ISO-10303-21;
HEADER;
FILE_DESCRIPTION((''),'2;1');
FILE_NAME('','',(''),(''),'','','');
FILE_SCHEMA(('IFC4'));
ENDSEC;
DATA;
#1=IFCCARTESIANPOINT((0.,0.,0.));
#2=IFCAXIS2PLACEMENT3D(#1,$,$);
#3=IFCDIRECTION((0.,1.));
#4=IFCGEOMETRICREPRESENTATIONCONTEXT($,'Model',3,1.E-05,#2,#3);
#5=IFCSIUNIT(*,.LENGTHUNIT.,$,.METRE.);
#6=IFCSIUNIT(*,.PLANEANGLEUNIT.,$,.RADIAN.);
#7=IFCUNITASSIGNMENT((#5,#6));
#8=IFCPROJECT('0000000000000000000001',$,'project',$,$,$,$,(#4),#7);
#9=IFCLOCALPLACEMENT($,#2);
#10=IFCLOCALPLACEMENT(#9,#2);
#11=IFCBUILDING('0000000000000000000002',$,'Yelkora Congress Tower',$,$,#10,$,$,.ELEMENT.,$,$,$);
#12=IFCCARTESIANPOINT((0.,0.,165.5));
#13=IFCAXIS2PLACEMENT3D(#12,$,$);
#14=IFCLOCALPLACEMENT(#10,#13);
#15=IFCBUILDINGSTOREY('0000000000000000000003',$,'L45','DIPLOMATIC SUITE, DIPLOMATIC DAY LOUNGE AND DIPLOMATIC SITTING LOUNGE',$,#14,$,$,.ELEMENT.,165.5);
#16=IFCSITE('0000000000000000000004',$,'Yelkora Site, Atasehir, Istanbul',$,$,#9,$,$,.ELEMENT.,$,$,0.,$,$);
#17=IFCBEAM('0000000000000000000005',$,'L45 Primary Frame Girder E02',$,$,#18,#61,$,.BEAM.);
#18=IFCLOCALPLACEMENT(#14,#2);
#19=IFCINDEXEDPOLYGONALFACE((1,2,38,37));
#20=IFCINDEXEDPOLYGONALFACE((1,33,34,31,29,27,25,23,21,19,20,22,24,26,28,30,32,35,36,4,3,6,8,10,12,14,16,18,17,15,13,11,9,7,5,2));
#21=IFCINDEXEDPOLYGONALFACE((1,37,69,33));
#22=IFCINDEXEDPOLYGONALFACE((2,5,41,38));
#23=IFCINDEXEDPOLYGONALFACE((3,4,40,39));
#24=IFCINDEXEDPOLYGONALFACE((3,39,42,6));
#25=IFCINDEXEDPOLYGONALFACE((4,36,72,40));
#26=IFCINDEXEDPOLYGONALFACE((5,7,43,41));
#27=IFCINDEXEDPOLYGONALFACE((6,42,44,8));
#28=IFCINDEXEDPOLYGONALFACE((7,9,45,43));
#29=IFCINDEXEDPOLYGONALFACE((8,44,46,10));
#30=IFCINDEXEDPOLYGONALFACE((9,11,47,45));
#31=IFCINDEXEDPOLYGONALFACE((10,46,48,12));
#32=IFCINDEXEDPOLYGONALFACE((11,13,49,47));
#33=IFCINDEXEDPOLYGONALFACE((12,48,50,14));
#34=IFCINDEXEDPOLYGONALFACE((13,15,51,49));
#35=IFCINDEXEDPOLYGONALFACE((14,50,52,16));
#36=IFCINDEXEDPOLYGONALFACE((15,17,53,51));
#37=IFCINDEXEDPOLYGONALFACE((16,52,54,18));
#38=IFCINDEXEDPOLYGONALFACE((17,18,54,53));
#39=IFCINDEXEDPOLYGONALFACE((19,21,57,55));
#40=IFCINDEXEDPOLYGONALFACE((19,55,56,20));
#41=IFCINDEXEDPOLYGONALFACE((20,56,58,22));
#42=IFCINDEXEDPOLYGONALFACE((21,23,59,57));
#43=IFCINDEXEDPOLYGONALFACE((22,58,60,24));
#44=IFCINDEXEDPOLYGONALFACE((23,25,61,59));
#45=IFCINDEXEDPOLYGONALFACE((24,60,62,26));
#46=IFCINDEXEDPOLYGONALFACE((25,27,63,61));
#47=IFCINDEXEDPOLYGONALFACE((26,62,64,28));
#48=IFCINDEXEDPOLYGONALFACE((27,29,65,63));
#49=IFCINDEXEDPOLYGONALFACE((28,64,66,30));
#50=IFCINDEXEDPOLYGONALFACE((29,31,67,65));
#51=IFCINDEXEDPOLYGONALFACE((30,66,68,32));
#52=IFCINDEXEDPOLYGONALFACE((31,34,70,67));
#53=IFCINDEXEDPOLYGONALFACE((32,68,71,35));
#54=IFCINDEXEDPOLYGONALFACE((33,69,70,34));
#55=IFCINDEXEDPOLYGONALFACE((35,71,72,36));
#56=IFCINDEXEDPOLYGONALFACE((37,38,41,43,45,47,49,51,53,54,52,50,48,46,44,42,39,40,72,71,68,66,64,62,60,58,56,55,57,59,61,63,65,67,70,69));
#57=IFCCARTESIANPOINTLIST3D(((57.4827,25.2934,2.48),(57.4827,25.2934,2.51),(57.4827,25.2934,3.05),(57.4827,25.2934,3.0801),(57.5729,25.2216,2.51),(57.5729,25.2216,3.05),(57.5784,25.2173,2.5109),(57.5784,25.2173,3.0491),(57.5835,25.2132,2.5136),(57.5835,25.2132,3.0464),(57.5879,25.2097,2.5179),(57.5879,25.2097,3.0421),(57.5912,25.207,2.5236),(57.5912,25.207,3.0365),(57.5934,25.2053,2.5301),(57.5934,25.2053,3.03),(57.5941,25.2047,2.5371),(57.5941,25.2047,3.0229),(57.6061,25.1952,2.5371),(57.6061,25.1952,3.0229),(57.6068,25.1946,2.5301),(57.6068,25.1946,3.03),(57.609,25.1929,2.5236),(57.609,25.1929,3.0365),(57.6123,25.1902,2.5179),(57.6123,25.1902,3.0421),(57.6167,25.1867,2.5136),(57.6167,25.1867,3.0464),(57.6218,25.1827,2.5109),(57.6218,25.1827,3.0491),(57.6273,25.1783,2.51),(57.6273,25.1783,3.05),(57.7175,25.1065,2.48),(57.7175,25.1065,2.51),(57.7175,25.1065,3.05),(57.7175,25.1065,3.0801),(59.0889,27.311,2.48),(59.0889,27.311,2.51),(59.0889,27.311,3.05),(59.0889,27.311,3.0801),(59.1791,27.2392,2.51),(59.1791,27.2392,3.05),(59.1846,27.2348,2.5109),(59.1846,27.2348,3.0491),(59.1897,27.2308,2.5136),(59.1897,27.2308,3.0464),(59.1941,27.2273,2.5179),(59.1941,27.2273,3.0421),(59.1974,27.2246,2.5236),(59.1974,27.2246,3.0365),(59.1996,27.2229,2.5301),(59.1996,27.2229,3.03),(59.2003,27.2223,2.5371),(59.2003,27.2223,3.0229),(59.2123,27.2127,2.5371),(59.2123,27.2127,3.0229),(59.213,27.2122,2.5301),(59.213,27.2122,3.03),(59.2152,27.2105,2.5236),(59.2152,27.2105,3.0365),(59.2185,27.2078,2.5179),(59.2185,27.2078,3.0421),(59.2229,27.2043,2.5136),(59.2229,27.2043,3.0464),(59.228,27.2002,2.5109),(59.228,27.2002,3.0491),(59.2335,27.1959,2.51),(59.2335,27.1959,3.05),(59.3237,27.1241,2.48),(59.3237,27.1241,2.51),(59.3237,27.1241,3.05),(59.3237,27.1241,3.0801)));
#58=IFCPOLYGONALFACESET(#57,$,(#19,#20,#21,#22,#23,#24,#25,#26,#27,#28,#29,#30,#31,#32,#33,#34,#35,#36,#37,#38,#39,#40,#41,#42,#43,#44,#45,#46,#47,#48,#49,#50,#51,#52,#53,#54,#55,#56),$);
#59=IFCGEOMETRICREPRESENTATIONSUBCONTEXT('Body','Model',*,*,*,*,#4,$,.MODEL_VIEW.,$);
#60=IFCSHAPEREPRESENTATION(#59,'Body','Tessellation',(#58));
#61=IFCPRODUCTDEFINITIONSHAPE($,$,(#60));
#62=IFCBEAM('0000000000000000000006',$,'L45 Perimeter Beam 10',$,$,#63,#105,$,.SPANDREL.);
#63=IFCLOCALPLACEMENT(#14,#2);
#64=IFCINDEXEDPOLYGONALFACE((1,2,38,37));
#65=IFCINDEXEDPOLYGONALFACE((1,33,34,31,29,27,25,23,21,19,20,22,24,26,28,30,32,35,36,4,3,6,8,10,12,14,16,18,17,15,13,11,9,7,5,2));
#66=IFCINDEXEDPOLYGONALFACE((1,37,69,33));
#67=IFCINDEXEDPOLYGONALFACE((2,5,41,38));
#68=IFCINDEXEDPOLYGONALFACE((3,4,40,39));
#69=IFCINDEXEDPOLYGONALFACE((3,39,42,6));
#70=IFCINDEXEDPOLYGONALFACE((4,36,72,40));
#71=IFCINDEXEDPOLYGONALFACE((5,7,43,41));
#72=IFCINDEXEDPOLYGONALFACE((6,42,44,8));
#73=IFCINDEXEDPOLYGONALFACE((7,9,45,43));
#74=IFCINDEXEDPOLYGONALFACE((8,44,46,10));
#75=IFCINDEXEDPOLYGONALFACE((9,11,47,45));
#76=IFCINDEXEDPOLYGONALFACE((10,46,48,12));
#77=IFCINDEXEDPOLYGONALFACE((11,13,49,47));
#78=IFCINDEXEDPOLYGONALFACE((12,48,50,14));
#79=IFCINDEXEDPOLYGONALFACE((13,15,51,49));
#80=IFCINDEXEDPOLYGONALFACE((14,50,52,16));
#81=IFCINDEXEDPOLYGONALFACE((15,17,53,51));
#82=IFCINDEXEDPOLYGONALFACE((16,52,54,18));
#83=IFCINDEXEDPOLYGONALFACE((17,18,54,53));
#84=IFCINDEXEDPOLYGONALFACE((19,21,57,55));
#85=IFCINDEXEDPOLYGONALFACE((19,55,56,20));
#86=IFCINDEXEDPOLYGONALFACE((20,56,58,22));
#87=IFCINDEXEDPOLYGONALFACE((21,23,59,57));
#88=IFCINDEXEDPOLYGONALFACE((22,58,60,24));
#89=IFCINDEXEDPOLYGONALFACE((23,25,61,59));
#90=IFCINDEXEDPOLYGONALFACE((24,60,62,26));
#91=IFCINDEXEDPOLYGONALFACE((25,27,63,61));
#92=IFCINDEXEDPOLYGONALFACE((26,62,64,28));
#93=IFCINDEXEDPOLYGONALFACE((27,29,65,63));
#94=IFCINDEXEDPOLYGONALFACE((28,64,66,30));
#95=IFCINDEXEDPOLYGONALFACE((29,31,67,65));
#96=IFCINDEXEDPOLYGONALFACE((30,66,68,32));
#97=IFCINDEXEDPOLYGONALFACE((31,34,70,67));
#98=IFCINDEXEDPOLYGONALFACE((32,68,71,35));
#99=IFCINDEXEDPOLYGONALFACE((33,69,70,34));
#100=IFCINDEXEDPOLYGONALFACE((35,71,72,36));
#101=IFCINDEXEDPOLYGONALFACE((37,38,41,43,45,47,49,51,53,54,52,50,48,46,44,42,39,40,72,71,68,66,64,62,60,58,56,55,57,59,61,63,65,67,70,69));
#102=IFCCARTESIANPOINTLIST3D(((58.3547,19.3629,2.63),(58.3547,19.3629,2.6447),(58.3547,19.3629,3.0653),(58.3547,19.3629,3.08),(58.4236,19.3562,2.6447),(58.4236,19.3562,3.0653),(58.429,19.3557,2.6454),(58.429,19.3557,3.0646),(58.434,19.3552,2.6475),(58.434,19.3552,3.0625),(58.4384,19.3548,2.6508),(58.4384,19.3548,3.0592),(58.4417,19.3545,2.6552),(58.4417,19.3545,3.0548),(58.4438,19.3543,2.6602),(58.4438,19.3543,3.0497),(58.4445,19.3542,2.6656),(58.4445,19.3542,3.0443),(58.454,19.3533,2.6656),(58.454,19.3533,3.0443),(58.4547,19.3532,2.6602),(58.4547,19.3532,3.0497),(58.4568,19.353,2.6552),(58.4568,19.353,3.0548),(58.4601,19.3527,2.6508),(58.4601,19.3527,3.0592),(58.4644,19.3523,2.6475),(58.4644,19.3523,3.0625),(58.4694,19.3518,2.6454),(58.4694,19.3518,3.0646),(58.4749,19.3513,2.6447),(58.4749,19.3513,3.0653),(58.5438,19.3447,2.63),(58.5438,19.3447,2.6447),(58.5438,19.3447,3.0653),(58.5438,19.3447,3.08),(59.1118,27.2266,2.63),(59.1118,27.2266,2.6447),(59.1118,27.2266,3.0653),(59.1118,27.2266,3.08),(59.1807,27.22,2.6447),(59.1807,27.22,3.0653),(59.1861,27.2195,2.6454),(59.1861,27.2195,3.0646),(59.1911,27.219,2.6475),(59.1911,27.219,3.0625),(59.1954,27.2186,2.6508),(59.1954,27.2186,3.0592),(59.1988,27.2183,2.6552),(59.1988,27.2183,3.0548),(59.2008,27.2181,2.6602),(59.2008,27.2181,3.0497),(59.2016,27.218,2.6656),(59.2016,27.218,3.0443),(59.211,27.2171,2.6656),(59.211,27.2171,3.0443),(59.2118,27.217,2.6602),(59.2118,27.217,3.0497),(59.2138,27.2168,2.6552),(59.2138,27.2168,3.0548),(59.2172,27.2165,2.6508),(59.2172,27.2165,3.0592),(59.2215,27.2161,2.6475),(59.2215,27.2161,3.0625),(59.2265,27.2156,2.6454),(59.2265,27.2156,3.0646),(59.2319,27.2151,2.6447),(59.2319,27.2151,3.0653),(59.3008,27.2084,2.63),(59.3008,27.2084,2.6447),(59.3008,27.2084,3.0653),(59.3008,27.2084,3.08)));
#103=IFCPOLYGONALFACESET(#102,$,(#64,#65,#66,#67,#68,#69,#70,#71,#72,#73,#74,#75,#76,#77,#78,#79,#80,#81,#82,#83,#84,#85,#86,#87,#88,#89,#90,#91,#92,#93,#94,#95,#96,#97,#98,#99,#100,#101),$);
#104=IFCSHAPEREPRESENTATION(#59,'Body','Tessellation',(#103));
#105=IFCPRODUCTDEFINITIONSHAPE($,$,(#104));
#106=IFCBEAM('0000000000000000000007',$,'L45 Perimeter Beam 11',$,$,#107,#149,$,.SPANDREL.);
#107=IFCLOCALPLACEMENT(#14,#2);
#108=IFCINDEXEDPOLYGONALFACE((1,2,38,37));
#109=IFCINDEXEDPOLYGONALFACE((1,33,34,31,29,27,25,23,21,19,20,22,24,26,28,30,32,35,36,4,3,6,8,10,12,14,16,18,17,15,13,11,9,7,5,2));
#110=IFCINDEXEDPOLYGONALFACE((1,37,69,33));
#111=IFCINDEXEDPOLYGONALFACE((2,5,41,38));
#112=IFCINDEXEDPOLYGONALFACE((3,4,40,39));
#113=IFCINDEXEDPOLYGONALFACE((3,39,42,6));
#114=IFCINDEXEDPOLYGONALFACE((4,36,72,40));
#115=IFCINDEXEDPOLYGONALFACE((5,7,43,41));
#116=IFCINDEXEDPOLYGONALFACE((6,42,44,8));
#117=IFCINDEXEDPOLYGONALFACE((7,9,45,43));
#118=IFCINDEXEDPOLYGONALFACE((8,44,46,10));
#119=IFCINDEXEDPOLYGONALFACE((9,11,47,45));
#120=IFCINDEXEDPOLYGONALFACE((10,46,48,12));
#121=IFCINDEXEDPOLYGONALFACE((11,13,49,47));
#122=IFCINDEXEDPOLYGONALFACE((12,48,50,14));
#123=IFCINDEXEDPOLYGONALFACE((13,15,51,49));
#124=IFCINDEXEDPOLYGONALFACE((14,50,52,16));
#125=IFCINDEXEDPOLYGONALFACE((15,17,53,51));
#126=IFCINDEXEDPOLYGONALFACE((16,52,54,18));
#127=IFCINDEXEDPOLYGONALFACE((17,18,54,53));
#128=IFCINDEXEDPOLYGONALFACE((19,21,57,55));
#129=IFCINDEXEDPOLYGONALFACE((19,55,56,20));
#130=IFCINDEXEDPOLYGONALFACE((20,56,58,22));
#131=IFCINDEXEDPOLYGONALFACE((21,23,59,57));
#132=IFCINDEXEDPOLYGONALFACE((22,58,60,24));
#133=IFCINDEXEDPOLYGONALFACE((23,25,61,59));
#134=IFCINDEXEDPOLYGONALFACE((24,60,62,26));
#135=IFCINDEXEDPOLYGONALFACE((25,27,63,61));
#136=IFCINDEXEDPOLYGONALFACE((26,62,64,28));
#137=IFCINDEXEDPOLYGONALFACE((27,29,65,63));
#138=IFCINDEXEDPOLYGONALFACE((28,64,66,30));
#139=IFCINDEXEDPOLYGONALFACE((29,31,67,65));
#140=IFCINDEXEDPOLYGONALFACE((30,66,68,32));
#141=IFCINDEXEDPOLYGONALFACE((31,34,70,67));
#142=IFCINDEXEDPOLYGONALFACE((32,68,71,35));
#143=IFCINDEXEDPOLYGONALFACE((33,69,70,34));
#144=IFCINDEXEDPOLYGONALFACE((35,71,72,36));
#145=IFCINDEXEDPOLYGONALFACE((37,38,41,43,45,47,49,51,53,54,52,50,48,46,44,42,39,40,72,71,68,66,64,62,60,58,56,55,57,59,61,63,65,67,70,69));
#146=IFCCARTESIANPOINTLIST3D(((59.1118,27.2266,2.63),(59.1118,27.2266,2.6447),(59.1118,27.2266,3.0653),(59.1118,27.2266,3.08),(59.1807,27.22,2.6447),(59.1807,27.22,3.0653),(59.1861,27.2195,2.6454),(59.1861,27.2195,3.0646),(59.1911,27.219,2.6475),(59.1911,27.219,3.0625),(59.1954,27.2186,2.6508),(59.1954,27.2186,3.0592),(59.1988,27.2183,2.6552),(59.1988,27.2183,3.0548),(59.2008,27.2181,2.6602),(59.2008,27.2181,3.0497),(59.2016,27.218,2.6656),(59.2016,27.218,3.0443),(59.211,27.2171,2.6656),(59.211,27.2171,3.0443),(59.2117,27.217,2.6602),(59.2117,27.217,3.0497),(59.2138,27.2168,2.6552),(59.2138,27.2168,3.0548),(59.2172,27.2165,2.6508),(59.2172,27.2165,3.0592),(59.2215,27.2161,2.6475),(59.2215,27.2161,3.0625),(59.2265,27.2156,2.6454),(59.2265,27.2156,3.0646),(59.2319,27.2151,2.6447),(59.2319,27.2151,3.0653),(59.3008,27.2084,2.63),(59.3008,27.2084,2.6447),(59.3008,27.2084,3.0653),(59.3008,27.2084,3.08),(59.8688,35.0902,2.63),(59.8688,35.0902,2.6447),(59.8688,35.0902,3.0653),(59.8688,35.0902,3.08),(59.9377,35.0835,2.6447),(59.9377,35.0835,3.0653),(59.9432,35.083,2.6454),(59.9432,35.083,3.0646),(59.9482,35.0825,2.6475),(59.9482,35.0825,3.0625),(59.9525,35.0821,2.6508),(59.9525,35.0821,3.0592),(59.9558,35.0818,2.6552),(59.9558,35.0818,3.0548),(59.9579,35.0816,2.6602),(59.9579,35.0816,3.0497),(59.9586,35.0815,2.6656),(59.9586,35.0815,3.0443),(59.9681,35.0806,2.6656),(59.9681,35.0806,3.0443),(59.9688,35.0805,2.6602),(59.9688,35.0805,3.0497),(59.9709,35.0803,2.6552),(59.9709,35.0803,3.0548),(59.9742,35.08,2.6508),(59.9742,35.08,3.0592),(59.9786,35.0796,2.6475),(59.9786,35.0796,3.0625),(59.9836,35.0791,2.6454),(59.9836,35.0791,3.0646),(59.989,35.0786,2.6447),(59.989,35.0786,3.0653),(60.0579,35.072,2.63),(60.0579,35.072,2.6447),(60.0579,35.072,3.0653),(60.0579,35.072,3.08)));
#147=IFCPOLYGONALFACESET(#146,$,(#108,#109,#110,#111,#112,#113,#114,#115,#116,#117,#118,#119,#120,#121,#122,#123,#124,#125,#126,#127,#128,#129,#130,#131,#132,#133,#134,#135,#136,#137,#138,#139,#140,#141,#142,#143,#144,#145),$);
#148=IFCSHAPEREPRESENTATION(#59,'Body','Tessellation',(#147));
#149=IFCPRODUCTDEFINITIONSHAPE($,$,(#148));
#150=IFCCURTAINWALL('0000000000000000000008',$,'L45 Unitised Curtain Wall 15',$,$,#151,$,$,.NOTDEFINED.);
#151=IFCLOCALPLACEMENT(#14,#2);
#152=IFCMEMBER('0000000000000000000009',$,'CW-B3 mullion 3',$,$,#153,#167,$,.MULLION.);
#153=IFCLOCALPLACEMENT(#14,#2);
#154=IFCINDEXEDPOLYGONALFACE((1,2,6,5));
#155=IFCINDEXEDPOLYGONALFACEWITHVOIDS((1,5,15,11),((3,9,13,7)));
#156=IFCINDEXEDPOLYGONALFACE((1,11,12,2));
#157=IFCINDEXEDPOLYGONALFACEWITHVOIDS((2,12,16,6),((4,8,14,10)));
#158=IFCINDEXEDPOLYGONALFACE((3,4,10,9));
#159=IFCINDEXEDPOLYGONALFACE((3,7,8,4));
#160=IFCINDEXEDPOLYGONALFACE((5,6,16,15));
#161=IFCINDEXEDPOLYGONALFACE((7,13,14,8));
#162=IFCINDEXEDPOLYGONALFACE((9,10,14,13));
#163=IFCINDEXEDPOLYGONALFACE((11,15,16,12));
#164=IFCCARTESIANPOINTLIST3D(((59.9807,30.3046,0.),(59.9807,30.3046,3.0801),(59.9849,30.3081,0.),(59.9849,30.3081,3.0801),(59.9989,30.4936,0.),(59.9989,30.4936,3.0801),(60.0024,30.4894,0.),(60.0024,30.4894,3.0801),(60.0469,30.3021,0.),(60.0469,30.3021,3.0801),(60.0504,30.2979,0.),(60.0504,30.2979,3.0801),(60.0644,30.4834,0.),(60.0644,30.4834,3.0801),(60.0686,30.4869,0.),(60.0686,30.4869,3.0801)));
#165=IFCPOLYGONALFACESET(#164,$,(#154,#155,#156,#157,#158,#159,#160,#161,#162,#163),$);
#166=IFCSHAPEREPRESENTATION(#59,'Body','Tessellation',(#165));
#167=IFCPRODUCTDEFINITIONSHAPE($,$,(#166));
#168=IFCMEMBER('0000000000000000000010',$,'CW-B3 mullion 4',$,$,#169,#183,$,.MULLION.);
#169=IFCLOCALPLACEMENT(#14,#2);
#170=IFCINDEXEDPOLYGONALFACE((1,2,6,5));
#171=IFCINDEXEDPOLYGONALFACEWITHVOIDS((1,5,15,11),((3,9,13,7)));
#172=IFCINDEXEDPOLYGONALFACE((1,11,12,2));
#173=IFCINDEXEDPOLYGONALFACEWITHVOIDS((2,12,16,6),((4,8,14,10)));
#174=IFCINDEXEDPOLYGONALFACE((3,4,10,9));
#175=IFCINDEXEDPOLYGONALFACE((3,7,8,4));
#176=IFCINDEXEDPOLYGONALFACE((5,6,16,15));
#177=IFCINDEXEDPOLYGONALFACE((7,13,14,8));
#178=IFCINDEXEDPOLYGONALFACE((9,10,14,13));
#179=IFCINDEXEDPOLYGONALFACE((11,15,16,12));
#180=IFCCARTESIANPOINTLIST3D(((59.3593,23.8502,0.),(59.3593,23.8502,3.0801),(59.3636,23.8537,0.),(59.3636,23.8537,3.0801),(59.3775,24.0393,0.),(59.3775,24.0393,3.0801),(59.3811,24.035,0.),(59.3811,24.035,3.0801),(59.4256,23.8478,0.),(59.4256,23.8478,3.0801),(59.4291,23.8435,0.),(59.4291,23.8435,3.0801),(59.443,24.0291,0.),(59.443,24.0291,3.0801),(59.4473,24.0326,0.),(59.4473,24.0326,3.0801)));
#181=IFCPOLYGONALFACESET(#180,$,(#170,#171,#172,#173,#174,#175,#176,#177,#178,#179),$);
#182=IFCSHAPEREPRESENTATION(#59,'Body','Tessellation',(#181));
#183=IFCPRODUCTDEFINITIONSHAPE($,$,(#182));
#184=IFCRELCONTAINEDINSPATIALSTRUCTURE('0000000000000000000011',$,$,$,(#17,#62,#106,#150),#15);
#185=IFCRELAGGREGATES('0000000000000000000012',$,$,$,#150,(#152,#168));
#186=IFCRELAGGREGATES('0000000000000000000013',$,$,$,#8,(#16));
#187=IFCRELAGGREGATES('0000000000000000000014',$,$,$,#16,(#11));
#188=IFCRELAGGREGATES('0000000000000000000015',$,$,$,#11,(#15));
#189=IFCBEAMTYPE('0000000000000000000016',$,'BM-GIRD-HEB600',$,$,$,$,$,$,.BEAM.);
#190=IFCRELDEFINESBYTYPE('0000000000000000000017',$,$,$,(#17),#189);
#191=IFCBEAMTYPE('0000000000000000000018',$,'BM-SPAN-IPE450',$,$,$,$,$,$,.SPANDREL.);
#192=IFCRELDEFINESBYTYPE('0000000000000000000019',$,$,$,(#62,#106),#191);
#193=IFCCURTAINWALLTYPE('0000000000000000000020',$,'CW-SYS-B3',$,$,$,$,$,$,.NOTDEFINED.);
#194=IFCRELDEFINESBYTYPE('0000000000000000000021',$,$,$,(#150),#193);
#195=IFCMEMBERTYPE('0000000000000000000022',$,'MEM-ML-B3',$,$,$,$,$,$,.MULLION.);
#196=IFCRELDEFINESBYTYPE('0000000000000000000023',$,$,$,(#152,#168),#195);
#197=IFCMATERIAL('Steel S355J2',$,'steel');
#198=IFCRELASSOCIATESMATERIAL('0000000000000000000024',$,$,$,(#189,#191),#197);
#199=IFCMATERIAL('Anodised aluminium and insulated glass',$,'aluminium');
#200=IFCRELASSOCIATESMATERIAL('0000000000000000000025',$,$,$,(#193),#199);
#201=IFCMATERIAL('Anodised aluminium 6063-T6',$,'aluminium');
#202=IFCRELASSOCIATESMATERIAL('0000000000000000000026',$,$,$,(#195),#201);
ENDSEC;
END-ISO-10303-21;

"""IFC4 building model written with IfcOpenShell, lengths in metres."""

from ifc_helpers import new_model, si_unit, direction, frame, origin, origin_2d, place, context, subcontext, project, spatial, hollow_rectangle, i_section, extrude, material, material_profile, profile_set, type_object, element, aggregate, save


model = new_model("IFC4")

# Units and contexts
model_context = context("Model", 3, precision=1e-05, world=origin(), true_north=direction((0.0, 1.0)))
body_context = subcontext(model_context, "Body", "Model", "MODEL_VIEW")
ifc_project = project(units=[si_unit("LENGTHUNIT", "METRE"), si_unit("PLANEANGLEUNIT", "RADIAN")], contexts=[model_context])

# Site, building, storey
site_placement = place(None, origin())
site = spatial("IfcSite", under=ifc_project, at=site_placement, Name="Yelkora Site, Atasehir, Istanbul", CompositionType="ELEMENT", RefElevation=0.0)
building_placement = place(site_placement, origin())
building = spatial("IfcBuilding", under=site, at=building_placement, Name="Yelkora Congress Tower", CompositionType="ELEMENT")
storey_placement = place(building_placement, frame((0.0, 0.0, 165.5)))
storey = spatial("IfcBuildingStorey", under=building, at=storey_placement, Name="L45", Description="DIPLOMATIC SUITE, DIPLOMATIC DAY LOUNGE AND DIPLOMATIC SITTING LOUNGE", CompositionType="ELEMENT", Elevation=165.5)

# Beams
ifc_material_1 = material(Name="Steel S355J2", Category="steel")
ifc_material_profile_1 = material_profile(ifc_material_1, i_section(OverallWidth=0.3, OverallDepth=0.6001, WebThickness=0.0154, FlangeThickness=0.03, FilletRadius=0.0271, at=origin_2d()), Name="HEB 600")
ifc_profile_set_1 = profile_set([ifc_material_profile_1], Name="Steel S355J2")
beam_type_1 = type_object("IfcBeamType", Name="BM-GIRD-HEB600", PredefinedType="BEAM", material=ifc_profile_set_1)
beam_1_placement = place(storey_placement, frame((59.2063, 27.2175, 2.78), z_axis=(-0.622835, -0.782354, 0.0), x_axis=(0.782354, -0.622835, 0.0)))
element("IfcBeam", 1, at=beam_1_placement, inside=storey, type_object=beam_type_1, Name="L45 Primary Frame Girder E02", PredefinedType="BEAM", context=body_context, shape_type="SweptSolid", body=[
    extrude(i_section(OverallWidth=0.3, OverallDepth=0.6001, WebThickness=0.0154, FlangeThickness=0.03, FilletRadius=0.0271, at=origin_2d()), origin(), (0.0, 0.0, 1.0), 2.5789),
])
ifc_material_profile_2 = material_profile(ifc_material_1, i_section(OverallWidth=0.1899, OverallDepth=0.45, WebThickness=0.0095, FlangeThickness=0.0146, FilletRadius=0.021, at=origin_2d()), Name="IPE 450")
ifc_profile_set_2 = profile_set([ifc_material_profile_2], Name="Steel S355J2")
beam_type_2 = type_object("IfcBeamType", Name="BM-SPAN-IPE450", PredefinedType="SPANDREL", material=ifc_profile_set_2)
beam_2_placement = place(storey_placement, frame((58.4492, 19.3538, 2.855), z_axis=(0.095831, 0.995398, 0.0), x_axis=(-0.995398, 0.095831, 0.0)))
element("IfcBeam", 2, at=beam_2_placement, inside=storey, type_object=beam_type_2, Name="L45 Perimeter Beam 10", PredefinedType="SPANDREL", context=body_context, shape_type="SweptSolid", body=[
    extrude(i_section(OverallWidth=0.1899, OverallDepth=0.45, WebThickness=0.0095, FlangeThickness=0.0146, FilletRadius=0.021, at=origin_2d()), origin(), (0.0, 0.0, 1.0), 7.9001),
])
beam_3_placement = place(storey_placement, frame((59.2063, 27.2175, 2.855), z_axis=(0.095834, 0.995397, 0.0), x_axis=(-0.995397, 0.095834, 0.0)))
element("IfcBeam", 3, at=beam_3_placement, inside=storey, type_object=beam_type_2, Name="L45 Perimeter Beam 11", PredefinedType="SPANDREL", context=body_context, shape_type="SweptSolid", body=[
    extrude(i_section(OverallWidth=0.1899, OverallDepth=0.45, WebThickness=0.0095, FlangeThickness=0.0146, FilletRadius=0.021, at=origin_2d()), origin(), (0.0, 0.0, 1.0), 7.8999),
])

# Curtain wall, members
ifc_material_2 = material(Name="Anodised aluminium and insulated glass", Category="aluminium")
curtain_wall_type = type_object("IfcCurtainWallType", Name="CW-SYS-B3", PredefinedType="NOTDEFINED", material=ifc_material_2)
curtain_wall_placement = place(storey_placement, origin())
curtain_wall = element("IfcCurtainWall", 4, at=curtain_wall_placement, inside=storey, type_object=curtain_wall_type, Name="L45 Unitised Curtain Wall 15", PredefinedType="NOTDEFINED")
ifc_material_3 = material(Name="Anodised aluminium 6063-T6", Category="aluminium")
ifc_material_profile_3 = material_profile(ifc_material_3, hollow_rectangle(XDim=0.0701, YDim=0.1899, WallThickness=0.0039, at=origin_2d()), Name="ALU 70x190x4")
ifc_profile_set_3 = profile_set([ifc_material_profile_3], Name="Anodised aluminium 6063-T6")
member_type_1 = type_object("IfcMemberType", Name="MEM-ML-B3", PredefinedType="MULLION", material=ifc_profile_set_3)
member_1_placement = place(storey_placement, frame((60.0247, 30.3958, 0.0), z_axis=(0.0, 0.0, 1.0), x_axis=(0.995397, -0.095842, 0.0)))
member_1 = element("IfcMember", 5, at=member_1_placement, type_object=member_type_1, Name="CW-B3 mullion 3", PredefinedType="MULLION", context=body_context, shape_type="SweptSolid", body=[
    extrude(hollow_rectangle(XDim=0.0701, YDim=0.1899, WallThickness=0.0039, at=origin_2d()), origin(), (0.0, 0.0, 1.0), 3.0801),
])
member_2_placement = place(storey_placement, frame((59.4033, 23.9414, 0.0), z_axis=(0.0, 0.0, 1.0), x_axis=(0.995397, -0.095842, 0.0)))
member_2 = element("IfcMember", 6, at=member_2_placement, type_object=member_type_1, Name="CW-B3 mullion 4", PredefinedType="MULLION", context=body_context, shape_type="SweptSolid", body=[
    extrude(hollow_rectangle(XDim=0.0701, YDim=0.1899, WallThickness=0.0039, at=origin_2d()), origin(), (0.0, 0.0, 1.0), 3.0801),
])
aggregate(curtain_wall, [member_1, member_2])

save(model, "model.ifc")
